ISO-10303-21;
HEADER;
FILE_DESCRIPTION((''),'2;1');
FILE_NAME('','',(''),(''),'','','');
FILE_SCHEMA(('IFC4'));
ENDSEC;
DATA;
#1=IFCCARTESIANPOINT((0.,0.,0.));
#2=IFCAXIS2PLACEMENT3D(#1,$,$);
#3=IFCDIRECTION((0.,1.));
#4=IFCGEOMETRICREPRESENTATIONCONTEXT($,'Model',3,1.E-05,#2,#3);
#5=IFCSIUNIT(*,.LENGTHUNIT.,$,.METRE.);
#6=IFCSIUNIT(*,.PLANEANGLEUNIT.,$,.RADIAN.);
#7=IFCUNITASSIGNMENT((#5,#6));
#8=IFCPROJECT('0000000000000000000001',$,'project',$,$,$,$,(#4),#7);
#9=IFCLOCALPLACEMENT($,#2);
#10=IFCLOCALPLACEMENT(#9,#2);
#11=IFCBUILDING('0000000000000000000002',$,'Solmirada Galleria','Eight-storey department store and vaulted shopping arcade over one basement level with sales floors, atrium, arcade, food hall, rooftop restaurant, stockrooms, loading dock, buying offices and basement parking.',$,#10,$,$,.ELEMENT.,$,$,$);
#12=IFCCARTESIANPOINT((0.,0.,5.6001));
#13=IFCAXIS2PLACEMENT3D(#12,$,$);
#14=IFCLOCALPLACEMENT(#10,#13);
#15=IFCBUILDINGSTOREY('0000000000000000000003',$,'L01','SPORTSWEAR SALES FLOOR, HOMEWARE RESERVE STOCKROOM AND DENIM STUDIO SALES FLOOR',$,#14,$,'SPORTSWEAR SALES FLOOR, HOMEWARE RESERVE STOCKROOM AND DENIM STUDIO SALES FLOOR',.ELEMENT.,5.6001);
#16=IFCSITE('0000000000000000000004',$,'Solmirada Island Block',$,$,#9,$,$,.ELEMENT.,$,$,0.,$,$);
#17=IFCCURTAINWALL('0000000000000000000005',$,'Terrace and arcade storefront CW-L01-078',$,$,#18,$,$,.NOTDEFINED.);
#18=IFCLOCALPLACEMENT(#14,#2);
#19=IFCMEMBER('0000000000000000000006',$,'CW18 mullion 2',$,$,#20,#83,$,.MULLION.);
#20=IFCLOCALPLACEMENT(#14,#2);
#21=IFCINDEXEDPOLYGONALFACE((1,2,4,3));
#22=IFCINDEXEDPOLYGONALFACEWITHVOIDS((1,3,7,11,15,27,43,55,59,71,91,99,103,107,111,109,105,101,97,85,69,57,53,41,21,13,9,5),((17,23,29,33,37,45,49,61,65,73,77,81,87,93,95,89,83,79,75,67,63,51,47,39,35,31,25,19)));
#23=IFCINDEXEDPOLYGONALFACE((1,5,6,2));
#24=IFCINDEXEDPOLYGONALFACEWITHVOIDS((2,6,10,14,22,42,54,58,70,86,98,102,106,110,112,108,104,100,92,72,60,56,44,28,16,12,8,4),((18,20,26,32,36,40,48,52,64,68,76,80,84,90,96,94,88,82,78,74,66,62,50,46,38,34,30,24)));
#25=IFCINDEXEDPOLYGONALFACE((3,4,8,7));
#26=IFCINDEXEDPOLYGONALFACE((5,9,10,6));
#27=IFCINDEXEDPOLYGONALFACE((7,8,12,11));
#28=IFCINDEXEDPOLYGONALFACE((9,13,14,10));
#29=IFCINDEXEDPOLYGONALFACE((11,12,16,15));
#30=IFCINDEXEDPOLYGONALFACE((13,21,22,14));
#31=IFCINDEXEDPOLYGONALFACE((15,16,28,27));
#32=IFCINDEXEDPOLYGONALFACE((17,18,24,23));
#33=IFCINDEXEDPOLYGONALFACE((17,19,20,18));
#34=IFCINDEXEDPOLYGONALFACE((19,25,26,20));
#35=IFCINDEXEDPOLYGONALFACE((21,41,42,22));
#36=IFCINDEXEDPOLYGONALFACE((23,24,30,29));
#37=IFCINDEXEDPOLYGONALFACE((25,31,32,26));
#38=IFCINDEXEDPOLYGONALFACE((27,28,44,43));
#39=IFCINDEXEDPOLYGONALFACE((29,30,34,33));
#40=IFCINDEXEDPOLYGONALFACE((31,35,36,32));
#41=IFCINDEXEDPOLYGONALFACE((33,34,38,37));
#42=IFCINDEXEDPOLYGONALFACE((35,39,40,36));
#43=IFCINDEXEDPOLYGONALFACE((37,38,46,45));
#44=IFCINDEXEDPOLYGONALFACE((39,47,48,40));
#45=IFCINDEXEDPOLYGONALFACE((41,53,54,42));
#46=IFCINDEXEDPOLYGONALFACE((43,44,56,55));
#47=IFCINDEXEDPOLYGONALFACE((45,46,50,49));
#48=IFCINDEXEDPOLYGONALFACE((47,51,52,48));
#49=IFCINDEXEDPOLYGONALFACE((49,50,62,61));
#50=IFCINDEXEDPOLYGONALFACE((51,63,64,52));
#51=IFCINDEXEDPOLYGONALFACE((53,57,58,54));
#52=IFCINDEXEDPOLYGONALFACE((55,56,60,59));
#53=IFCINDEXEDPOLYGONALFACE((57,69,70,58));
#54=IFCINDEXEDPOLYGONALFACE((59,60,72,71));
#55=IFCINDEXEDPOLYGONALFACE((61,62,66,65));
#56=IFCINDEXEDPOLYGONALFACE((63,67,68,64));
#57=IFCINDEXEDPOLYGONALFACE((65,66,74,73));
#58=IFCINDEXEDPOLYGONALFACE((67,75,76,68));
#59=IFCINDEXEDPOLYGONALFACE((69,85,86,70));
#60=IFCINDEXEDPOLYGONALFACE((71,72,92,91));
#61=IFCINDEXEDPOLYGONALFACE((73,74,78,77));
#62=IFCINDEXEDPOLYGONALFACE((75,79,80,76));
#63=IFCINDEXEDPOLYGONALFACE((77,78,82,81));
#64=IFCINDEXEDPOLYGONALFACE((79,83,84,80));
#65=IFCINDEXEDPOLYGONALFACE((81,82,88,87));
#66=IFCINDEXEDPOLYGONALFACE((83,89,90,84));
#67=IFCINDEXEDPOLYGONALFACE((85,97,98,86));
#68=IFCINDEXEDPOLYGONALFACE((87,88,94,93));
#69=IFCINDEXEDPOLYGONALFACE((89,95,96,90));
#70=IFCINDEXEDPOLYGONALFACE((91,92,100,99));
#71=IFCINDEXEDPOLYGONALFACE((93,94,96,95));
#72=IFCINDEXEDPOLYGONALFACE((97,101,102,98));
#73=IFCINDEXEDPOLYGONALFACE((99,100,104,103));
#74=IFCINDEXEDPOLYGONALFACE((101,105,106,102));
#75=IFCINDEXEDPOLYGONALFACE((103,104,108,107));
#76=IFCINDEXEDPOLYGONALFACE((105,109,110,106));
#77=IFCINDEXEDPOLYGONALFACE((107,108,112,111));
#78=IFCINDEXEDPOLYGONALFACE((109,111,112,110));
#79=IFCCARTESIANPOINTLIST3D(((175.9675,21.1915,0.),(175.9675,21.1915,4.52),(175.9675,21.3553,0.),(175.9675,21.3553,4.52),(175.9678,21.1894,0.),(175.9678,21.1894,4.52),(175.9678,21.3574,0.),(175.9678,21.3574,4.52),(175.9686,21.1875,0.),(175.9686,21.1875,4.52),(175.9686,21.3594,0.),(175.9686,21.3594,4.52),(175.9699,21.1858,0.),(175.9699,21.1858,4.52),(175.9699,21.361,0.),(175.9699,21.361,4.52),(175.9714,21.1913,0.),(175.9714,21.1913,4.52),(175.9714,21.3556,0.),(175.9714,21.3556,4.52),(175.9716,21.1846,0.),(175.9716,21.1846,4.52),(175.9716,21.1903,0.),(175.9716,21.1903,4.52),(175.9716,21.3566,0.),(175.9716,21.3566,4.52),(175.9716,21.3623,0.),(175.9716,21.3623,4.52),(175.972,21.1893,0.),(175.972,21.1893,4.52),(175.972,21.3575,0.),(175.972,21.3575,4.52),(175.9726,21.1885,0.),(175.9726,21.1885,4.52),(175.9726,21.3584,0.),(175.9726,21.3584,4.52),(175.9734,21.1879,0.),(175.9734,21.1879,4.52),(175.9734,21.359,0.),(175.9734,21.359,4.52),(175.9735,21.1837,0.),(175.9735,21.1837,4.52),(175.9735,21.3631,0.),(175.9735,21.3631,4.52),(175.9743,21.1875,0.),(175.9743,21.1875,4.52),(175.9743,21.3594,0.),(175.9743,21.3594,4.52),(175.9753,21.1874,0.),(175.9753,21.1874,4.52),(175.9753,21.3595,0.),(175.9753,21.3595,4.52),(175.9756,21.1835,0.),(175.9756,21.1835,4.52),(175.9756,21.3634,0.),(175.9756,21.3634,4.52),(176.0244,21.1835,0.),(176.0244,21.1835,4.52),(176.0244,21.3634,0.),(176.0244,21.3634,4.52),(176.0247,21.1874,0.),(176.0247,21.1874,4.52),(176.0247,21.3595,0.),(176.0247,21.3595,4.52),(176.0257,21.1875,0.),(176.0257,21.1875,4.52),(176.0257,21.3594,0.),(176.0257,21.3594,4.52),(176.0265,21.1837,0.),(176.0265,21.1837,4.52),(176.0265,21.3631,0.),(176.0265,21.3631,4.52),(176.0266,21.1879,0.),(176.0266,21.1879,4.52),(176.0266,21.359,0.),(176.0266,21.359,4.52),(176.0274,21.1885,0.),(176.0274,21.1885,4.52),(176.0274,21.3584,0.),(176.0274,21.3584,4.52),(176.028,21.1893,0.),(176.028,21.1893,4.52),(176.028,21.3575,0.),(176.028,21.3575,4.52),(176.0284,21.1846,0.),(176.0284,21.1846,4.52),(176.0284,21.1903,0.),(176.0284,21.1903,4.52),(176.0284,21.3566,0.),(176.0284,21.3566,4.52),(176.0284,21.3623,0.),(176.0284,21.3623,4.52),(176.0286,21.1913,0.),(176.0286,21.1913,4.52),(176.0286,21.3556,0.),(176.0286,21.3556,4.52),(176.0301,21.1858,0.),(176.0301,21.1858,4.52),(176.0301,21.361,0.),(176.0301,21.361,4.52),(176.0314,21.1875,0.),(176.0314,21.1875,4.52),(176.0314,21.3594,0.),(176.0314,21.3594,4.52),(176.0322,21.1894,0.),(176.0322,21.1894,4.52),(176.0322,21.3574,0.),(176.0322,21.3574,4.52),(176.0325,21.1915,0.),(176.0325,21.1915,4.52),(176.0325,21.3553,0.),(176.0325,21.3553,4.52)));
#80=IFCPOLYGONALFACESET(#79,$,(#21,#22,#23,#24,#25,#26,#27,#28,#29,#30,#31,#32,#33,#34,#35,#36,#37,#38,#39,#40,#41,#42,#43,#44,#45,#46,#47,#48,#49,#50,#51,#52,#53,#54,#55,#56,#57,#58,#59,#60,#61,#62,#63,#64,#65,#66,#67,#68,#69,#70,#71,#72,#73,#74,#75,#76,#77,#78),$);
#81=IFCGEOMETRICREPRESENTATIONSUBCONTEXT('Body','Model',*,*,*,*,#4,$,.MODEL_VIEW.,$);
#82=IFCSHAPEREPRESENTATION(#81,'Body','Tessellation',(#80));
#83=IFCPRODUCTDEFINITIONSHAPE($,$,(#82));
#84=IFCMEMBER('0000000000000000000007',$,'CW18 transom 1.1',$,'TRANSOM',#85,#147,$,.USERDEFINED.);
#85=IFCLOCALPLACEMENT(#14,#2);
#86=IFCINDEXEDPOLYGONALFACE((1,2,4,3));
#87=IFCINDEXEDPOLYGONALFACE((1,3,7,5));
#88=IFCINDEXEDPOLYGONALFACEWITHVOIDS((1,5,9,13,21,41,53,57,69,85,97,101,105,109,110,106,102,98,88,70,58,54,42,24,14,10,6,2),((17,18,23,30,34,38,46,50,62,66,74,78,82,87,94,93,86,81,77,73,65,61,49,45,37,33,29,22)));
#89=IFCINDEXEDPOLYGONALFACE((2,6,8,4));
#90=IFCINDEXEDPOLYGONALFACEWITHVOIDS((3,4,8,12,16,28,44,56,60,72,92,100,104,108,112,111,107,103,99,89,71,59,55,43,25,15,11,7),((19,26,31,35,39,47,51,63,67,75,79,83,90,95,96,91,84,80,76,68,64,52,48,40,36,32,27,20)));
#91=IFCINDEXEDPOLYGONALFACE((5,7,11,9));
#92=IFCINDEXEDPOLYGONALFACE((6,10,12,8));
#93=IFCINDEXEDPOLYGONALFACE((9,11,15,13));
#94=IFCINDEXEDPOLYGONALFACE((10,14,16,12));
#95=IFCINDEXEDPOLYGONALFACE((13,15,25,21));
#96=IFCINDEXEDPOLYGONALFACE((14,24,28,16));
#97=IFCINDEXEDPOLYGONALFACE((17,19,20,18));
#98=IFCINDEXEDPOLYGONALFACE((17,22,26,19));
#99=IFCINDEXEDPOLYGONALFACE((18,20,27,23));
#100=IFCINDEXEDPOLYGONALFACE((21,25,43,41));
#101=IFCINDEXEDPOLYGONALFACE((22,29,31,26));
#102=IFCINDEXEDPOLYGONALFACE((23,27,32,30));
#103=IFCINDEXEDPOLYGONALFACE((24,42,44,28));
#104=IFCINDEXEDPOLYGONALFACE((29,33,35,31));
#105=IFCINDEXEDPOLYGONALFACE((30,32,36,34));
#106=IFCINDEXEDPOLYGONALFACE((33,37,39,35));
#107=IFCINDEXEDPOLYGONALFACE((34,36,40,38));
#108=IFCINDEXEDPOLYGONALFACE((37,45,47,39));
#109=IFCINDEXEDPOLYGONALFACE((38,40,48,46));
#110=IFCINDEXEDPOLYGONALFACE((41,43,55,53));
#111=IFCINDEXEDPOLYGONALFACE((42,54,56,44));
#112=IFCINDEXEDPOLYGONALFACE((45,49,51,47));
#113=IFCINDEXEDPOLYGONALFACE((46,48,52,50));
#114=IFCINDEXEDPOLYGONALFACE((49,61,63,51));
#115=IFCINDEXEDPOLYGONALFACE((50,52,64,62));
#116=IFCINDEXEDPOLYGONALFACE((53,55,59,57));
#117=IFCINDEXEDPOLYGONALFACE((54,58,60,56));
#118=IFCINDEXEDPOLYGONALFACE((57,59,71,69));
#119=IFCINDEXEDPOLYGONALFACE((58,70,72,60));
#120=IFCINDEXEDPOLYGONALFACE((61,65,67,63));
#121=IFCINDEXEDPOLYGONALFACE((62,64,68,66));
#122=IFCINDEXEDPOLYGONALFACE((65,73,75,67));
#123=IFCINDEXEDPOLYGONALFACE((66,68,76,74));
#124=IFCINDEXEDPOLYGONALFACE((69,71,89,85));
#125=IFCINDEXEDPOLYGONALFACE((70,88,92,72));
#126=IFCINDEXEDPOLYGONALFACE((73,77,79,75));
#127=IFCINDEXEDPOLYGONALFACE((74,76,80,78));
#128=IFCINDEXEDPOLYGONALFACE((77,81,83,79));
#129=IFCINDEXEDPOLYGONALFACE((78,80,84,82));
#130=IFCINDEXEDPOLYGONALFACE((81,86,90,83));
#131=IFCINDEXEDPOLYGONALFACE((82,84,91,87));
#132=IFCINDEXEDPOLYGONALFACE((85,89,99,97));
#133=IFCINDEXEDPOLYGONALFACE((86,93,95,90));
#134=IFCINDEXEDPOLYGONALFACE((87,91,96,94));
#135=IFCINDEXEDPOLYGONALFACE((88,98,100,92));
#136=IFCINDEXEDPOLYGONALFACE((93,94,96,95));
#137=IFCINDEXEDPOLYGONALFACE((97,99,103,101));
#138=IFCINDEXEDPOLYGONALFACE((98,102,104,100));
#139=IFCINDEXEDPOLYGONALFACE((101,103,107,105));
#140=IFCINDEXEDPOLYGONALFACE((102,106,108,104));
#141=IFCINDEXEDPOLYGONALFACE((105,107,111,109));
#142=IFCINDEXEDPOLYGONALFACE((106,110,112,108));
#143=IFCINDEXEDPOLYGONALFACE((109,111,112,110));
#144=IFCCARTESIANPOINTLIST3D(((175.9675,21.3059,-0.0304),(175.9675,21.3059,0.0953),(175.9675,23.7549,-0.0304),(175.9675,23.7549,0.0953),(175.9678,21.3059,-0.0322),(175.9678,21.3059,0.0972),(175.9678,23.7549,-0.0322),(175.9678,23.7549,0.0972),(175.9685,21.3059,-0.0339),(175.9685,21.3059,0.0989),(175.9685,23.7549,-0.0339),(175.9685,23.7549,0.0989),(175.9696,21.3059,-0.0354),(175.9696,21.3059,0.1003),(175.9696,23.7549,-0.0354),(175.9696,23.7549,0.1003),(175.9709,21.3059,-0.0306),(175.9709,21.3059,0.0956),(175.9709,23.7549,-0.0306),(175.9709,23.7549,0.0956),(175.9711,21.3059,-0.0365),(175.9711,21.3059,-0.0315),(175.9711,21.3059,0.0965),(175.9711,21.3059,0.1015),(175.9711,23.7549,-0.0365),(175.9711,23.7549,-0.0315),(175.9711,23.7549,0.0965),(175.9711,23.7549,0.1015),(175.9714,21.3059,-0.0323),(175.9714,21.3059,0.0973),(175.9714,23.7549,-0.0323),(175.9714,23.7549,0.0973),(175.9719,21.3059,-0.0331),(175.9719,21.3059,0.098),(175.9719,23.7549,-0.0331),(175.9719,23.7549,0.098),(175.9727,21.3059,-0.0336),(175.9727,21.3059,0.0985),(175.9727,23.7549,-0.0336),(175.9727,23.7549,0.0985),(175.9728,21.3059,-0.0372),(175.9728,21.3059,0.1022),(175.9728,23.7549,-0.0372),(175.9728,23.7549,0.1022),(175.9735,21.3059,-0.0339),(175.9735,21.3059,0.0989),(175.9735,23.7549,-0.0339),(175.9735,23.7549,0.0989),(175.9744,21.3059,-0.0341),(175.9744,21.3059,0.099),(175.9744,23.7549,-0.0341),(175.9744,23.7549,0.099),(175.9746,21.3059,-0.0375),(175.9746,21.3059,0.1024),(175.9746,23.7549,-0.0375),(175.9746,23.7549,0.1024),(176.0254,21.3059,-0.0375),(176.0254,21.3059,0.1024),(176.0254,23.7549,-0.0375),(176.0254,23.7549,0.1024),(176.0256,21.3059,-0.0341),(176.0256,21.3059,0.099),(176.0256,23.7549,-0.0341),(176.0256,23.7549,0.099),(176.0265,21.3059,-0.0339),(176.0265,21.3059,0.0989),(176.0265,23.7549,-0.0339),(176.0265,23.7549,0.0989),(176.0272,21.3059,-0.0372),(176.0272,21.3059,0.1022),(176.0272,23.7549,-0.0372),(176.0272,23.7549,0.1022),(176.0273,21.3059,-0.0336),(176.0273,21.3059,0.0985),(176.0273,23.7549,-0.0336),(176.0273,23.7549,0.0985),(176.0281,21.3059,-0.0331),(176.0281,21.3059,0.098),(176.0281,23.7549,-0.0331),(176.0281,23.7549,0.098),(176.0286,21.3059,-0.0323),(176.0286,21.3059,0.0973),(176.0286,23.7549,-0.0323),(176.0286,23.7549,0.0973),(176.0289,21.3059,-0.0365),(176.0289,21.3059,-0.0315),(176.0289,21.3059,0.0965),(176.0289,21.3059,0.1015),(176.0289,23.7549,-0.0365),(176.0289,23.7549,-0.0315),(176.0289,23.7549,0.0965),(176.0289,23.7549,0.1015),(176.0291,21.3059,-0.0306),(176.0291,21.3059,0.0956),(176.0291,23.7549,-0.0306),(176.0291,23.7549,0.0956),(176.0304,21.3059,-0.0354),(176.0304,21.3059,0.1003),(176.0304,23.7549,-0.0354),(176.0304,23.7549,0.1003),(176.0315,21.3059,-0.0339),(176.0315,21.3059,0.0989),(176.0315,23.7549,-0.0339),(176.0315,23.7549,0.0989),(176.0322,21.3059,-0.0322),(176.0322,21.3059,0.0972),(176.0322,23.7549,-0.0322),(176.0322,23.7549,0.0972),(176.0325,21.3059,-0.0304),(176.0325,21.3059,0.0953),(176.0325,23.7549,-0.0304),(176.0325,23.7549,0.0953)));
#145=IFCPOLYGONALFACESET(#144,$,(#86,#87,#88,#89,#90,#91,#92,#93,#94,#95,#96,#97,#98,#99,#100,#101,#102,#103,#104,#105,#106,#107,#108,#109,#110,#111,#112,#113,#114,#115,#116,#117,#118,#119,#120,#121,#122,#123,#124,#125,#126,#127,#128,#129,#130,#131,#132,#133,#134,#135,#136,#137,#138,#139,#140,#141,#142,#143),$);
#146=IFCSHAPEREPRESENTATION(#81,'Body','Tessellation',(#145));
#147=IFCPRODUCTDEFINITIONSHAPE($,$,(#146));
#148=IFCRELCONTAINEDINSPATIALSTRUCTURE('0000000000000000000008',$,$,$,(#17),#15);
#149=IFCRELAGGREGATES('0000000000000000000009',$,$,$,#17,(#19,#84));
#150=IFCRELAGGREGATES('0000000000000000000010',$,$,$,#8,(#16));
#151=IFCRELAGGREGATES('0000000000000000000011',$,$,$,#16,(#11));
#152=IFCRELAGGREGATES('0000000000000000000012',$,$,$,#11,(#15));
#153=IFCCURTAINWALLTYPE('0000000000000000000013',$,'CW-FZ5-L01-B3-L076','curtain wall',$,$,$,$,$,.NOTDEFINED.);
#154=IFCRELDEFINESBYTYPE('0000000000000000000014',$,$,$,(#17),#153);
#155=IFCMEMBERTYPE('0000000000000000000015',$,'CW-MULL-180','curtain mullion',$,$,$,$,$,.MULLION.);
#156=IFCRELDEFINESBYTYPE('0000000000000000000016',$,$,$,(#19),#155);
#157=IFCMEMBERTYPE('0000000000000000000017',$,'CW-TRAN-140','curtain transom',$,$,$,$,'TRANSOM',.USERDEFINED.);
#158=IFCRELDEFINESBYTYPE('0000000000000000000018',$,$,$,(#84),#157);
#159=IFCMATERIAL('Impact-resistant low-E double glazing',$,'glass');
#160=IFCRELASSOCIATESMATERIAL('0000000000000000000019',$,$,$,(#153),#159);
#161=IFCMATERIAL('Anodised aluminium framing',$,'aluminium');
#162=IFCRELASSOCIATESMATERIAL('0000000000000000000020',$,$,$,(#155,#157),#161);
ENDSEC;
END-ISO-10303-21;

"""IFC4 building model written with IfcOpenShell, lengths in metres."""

from ifc_helpers import new_model, si_unit, direction, frame, origin, origin_2d, place, context, subcontext, project, spatial, hollow_rectangle, extrude, material, material_profile, profile_set, type_object, element, aggregate, save


model = new_model("IFC4")

# Units and contexts
model_context = context("Model", 3, precision=1e-05, world=origin(), true_north=direction((0.0, 1.0)))
body_context = subcontext(model_context, "Body", "Model", "MODEL_VIEW")
ifc_project = project(units=[si_unit("LENGTHUNIT", "METRE"), si_unit("PLANEANGLEUNIT", "RADIAN")], contexts=[model_context])

# Site, building, storey
site_placement = place(None, origin())
site = spatial("IfcSite", under=ifc_project, at=site_placement, Name="Solmirada Island Block", CompositionType="ELEMENT", RefElevation=0.0)
building_placement = place(site_placement, origin())
building = spatial("IfcBuilding", under=site, at=building_placement, Name="Solmirada Galleria", Description="Eight-storey department store and vaulted shopping arcade over one basement level with sales floors, atrium, arcade, food hall, rooftop restaurant, stockrooms, loading dock, buying offices and basement parking.", CompositionType="ELEMENT")
storey_placement = place(building_placement, frame((0.0, 0.0, 5.6001)))
storey = spatial("IfcBuildingStorey", under=building, at=storey_placement, Name="L01", Description="SPORTSWEAR SALES FLOOR, HOMEWARE RESERVE STOCKROOM AND DENIM STUDIO SALES FLOOR", LongName="SPORTSWEAR SALES FLOOR, HOMEWARE RESERVE STOCKROOM AND DENIM STUDIO SALES FLOOR", CompositionType="ELEMENT", Elevation=5.6001)

# Curtain wall, members
ifc_material_1 = material(Name="Impact-resistant low-E double glazing", Category="glass")
curtain_wall_type = type_object("IfcCurtainWallType", Name="CW-FZ5-L01-B3-L076", Description="curtain wall", PredefinedType="NOTDEFINED", material=ifc_material_1)
curtain_wall_placement = place(storey_placement, origin())
curtain_wall = element("IfcCurtainWall", 1, at=curtain_wall_placement, inside=storey, type_object=curtain_wall_type, Name="Terrace and arcade storefront CW-L01-078", PredefinedType="NOTDEFINED")
ifc_material_2 = material(Name="Anodised aluminium framing", Category="aluminium")
ifc_material_profile_1 = material_profile(ifc_material_2, hollow_rectangle(XDim=0.0649, YDim=0.1799, WallThickness=0.0039, InnerFilletRadius=0.0039, OuterFilletRadius=0.0081, at=origin_2d()), Name="ALU-MULL-180X65")
ifc_profile_set_1 = profile_set([ifc_material_profile_1], Name="Anodised aluminium framing")
member_type_1 = type_object("IfcMemberType", Name="CW-MULL-180", Description="curtain mullion", PredefinedType="MULLION", material=ifc_profile_set_1)
member_1_placement = place(storey_placement, frame((176.0, 21.2734, 0.0), z_axis=(0.0, 0.0, 1.0), x_axis=(1.0, 0.0, 0.0)))
member_1 = element("IfcMember", 2, at=member_1_placement, type_object=member_type_1, Name="CW18 mullion 2", PredefinedType="MULLION", context=body_context, shape_type="SweptSolid", body=[
    extrude(hollow_rectangle(XDim=0.0649, YDim=0.1799, WallThickness=0.0039, InnerFilletRadius=0.0039, OuterFilletRadius=0.0081, at=origin_2d()), origin(), (0.0, 0.0, 1.0), 4.52),
])
ifc_material_profile_2 = material_profile(ifc_material_2, hollow_rectangle(XDim=0.0649, YDim=0.1399, WallThickness=0.0034, InnerFilletRadius=0.0034, OuterFilletRadius=0.0071, at=origin_2d()), Name="ALU-TRAN-140X65")
ifc_profile_set_2 = profile_set([ifc_material_profile_2], Name="Anodised aluminium framing")
member_type_2 = type_object("IfcMemberType", Name="CW-TRAN-140", Description="curtain transom", ElementType="TRANSOM", PredefinedType="USERDEFINED", material=ifc_profile_set_2)
member_2_placement = place(storey_placement, frame((176.0, 23.7549, 0.0325), z_axis=(0.0, -1.0, 0.0), x_axis=(1.0, 0.0, 0.0)))
member_2 = element("IfcMember", 3, at=member_2_placement, type_object=member_type_2, Name="CW18 transom 1.1", ObjectType="TRANSOM", PredefinedType="USERDEFINED", context=body_context, shape_type="SweptSolid", body=[
    extrude(hollow_rectangle(XDim=0.0649, YDim=0.1399, WallThickness=0.0034, InnerFilletRadius=0.0034, OuterFilletRadius=0.0071, at=origin_2d()), origin(), (0.0, 0.0, 1.0), 2.449),
])
aggregate(curtain_wall, [member_1, member_2])

save(model, "model.ifc")
